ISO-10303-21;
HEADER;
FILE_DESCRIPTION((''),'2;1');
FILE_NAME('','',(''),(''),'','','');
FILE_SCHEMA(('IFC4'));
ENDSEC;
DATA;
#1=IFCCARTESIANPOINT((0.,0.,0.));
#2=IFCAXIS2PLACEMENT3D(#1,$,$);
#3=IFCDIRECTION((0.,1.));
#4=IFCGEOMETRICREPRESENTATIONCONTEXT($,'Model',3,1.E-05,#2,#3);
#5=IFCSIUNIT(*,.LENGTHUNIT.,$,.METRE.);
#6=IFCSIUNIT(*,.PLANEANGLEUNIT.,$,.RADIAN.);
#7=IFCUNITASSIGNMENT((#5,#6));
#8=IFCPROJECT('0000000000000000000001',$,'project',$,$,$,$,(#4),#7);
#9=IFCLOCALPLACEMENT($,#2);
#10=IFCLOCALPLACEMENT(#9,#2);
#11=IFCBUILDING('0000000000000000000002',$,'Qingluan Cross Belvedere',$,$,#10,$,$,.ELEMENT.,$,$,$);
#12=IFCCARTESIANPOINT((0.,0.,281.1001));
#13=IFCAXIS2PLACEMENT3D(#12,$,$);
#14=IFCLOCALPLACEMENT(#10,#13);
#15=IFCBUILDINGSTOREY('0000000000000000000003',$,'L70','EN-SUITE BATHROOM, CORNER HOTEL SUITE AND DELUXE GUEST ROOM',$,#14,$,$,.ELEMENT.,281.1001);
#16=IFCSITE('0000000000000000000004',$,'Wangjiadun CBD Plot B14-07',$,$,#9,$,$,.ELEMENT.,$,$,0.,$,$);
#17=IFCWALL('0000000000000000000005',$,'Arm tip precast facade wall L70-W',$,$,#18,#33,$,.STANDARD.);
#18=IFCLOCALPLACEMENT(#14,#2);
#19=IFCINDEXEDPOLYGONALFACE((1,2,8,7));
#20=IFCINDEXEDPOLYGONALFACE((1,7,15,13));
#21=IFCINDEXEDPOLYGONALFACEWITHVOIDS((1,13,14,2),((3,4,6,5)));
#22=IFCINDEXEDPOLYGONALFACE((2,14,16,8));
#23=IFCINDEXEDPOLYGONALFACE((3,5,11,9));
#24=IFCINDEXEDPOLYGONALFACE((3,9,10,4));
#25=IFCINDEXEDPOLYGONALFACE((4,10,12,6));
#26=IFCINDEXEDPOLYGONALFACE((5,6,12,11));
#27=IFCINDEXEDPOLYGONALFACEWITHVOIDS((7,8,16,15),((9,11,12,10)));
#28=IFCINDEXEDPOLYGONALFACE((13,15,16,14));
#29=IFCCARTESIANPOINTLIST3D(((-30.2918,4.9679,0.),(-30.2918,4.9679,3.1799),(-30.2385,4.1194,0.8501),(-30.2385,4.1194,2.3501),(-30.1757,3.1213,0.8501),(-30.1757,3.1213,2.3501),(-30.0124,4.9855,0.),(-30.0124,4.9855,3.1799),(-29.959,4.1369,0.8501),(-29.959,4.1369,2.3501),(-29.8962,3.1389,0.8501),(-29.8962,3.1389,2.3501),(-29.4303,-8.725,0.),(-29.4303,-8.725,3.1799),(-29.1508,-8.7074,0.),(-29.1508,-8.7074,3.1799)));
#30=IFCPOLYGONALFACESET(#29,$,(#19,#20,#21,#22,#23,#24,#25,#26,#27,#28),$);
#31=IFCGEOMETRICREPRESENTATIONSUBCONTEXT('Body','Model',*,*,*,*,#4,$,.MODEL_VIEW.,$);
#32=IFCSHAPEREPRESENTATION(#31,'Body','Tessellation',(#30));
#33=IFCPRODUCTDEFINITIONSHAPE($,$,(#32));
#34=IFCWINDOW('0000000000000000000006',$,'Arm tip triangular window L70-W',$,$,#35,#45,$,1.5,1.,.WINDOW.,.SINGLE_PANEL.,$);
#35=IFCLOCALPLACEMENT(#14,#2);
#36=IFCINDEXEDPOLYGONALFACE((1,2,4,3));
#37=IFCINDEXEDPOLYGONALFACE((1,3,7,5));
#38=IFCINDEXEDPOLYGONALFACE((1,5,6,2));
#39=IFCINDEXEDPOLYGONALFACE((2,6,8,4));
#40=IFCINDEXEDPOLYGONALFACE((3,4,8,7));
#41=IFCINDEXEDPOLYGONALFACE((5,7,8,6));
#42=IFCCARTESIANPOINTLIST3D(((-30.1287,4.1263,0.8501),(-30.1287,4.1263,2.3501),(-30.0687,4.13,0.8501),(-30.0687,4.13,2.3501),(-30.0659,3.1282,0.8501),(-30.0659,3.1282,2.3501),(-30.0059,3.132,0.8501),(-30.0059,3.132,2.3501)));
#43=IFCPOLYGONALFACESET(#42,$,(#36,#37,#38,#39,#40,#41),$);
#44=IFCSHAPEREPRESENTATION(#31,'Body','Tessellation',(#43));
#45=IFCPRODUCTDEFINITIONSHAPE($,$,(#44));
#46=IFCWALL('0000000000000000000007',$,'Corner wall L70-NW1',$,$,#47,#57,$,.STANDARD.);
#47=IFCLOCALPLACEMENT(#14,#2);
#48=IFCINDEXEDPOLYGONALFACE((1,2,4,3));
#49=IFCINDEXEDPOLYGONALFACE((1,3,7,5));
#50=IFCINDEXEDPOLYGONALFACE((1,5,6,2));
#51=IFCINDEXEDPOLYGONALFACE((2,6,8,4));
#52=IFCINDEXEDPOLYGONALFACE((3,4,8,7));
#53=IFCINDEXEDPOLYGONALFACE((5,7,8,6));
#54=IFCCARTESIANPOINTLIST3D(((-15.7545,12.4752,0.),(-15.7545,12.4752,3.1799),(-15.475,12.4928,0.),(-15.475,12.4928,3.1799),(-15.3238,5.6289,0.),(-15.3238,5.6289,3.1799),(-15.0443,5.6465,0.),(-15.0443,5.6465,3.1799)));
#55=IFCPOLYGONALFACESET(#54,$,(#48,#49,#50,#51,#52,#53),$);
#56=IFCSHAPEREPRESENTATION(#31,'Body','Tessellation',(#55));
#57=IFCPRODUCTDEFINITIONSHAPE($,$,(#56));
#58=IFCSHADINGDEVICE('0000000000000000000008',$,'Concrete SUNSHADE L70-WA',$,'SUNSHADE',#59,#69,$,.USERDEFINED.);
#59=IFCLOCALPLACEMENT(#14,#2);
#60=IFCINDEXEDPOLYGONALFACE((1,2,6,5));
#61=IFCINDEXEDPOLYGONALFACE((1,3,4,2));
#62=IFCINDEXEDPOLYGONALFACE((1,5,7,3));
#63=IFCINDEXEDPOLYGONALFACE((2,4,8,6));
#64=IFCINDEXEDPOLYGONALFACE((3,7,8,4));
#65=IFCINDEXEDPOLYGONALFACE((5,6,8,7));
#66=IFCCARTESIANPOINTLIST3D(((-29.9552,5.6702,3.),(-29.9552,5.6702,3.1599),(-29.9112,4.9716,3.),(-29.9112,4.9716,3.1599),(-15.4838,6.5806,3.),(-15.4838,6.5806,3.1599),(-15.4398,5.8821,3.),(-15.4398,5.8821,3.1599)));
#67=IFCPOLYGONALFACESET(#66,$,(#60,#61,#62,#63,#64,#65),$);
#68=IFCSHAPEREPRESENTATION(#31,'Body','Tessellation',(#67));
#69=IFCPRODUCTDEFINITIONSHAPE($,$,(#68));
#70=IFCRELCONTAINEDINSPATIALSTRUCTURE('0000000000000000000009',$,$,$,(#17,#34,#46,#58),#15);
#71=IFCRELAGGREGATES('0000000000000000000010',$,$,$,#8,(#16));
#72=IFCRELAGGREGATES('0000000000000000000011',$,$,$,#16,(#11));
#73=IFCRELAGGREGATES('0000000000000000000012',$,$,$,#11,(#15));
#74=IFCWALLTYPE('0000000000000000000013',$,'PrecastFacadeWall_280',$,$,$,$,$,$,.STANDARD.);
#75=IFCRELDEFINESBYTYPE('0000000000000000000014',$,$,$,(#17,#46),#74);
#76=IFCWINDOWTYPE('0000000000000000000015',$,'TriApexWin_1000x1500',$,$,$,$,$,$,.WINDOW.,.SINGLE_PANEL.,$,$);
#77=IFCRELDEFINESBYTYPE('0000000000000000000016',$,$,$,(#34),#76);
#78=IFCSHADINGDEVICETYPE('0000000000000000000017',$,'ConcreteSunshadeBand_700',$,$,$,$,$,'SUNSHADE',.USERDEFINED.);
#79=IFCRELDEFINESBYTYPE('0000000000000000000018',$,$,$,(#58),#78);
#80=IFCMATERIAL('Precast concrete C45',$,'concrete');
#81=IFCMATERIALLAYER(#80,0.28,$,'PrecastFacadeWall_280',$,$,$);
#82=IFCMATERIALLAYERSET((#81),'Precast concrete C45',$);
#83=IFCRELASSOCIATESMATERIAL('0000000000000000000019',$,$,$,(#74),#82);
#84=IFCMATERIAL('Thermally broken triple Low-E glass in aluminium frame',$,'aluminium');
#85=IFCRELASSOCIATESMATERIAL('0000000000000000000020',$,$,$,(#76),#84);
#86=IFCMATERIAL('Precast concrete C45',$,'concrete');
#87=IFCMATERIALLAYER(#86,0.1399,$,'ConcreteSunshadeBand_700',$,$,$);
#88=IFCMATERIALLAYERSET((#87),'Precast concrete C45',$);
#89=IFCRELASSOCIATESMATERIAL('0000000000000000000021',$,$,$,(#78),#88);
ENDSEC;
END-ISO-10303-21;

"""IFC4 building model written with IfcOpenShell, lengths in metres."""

from ifc_helpers import new_model, si_unit, direction, frame, frame_2d, origin, origin_2d, place, context, subcontext, project, spatial, rectangle, extrude, material, layer, layer_set, type_object, element, fill, save


model = new_model("IFC4")

# Units and contexts
model_context = context("Model", 3, precision=1e-05, world=origin(), true_north=direction((0.0, 1.0)))
body_context = subcontext(model_context, "Body", "Model", "MODEL_VIEW")
ifc_project = project(units=[si_unit("LENGTHUNIT", "METRE"), si_unit("PLANEANGLEUNIT", "RADIAN")], contexts=[model_context])

# Site, building, storey
site_placement = place(None, origin())
site = spatial("IfcSite", under=ifc_project, at=site_placement, Name="Wangjiadun CBD Plot B14-07", CompositionType="ELEMENT", RefElevation=0.0)
building_placement = place(site_placement, origin())
building = spatial("IfcBuilding", under=site, at=building_placement, Name="Qingluan Cross Belvedere", CompositionType="ELEMENT")
storey_placement = place(building_placement, frame((0.0, 0.0, 281.1001)))
storey = spatial("IfcBuildingStorey", under=building, at=storey_placement, Name="L70", Description="EN-SUITE BATHROOM, CORNER HOTEL SUITE AND DELUXE GUEST ROOM", CompositionType="ELEMENT", Elevation=281.1001)

# Shared definitions
ifc_material_1 = material(Name="Precast concrete C45", Category="concrete")
ifc_layer_1 = layer(ifc_material_1, 0.28, Name="PrecastFacadeWall_280")
ifc_layer_set_1 = layer_set([ifc_layer_1], Name="Precast concrete C45")
wall_type_1 = type_object("IfcWallType", Name="PrecastFacadeWall_280", PredefinedType="STANDARD", material=ifc_layer_set_1)

# Wall, opening, window
wall_1_placement = place(storey_placement, frame((-30.1521, 4.9766, 0.0), z_axis=(0.0, 0.0, 1.0), x_axis=(0.062797, -0.998026, 0.0)))
wall_1 = element("IfcWall", 1, at=wall_1_placement, inside=storey, type_object=wall_type_1, Name="Arm tip precast facade wall L70-W", PredefinedType="STANDARD", context=body_context, shape_type="SweptSolid", body=[
    extrude(rectangle(XDim=13.72, YDim=0.28, at=frame_2d((6.8599, 0.0))), origin(), (0.0, 0.0, 1.0), 3.1799),
])
opening_1_placement = place(wall_1_placement, frame((0.8501, 0.0, 0.8501)))
opening_1 = element("IfcOpeningElement", 2, at=opening_1_placement, cuts=wall_1, PredefinedType="OPENING", context=body_context, shape_type="SweptSolid", body=[
    extrude(rectangle(XDim=1.0, YDim=1.5, at=frame_2d((0.5, 0.75))), frame((0.0, 0.1499, 0.0), z_axis=(0.0, -1.0, 0.0), x_axis=(1.0, 0.0, 0.0)), (0.0, 0.0, 1.0), 0.3),
])
ifc_material_2 = material(Name="Thermally broken triple Low-E glass in aluminium frame", Category="aluminium")
window_type_1 = type_object("IfcWindowType", Name="TriApexWin_1000x1500", PartitioningType="SINGLE_PANEL", PredefinedType="WINDOW", material=ifc_material_2)
window_1_placement = place(opening_1_placement, origin())
window_1 = element("IfcWindow", 3, at=window_1_placement, inside=storey, type_object=window_type_1, Name="Arm tip triangular window L70-W", OverallHeight=1.5, OverallWidth=1.0, PartitioningType="SINGLE_PANEL", PredefinedType="WINDOW", context=body_context, shape_type="SweptSolid", body=[
    extrude(rectangle(XDim=1.0, YDim=1.5, at=frame_2d((0.5, 0.75))), frame((0.0, 0.03, 0.0), z_axis=(0.0, -1.0, 0.0), x_axis=(1.0, 0.0, 0.0)), (0.0, 0.0, 1.0), 0.0601),
])
fill(opening_1, window_1)

# Wall
wall_2_placement = place(storey_placement, frame((-15.1841, 5.6377, 0.0), z_axis=(0.0, 0.0, 1.0), x_axis=(-0.062779, 0.998027, 0.0)))
element("IfcWall", 4, at=wall_2_placement, inside=storey, type_object=wall_type_1, Name="Corner wall L70-NW1", PredefinedType="STANDARD", context=body_context, shape_type="SweptSolid", body=[
    extrude(rectangle(XDim=6.8599, YDim=0.28, at=frame_2d((3.4299, 0.0))), origin(), (0.0, 0.0, 1.0), 3.1799),
])

# Shading device
ifc_material_3 = material(Name="Precast concrete C45", Category="concrete")
ifc_layer_2 = layer(ifc_material_3, 0.1399, Name="ConcreteSunshadeBand_700")
ifc_layer_set_2 = layer_set([ifc_layer_2], Name="Precast concrete C45")
shading_device_type = type_object("IfcShadingDeviceType", Name="ConcreteSunshadeBand_700", ElementType="SUNSHADE", PredefinedType="USERDEFINED", material=ifc_layer_set_2)
shading_device_placement = place(storey_placement, frame((-22.6975, 5.7761, 3.0), z_axis=(0.0, 0.0, 1.0), x_axis=(-0.998027, -0.062789, 0.0)))
element("IfcShadingDevice", 5, at=shading_device_placement, inside=storey, type_object=shading_device_type, Name="Concrete SUNSHADE L70-WA", ObjectType="SUNSHADE", PredefinedType="USERDEFINED", context=body_context, shape_type="SweptSolid", body=[
    extrude(rectangle(XDim=14.5, YDim=0.7, at=origin_2d()), origin(), (0.0, 0.0, 1.0), 0.1599),
])

save(model, "model.ifc")
